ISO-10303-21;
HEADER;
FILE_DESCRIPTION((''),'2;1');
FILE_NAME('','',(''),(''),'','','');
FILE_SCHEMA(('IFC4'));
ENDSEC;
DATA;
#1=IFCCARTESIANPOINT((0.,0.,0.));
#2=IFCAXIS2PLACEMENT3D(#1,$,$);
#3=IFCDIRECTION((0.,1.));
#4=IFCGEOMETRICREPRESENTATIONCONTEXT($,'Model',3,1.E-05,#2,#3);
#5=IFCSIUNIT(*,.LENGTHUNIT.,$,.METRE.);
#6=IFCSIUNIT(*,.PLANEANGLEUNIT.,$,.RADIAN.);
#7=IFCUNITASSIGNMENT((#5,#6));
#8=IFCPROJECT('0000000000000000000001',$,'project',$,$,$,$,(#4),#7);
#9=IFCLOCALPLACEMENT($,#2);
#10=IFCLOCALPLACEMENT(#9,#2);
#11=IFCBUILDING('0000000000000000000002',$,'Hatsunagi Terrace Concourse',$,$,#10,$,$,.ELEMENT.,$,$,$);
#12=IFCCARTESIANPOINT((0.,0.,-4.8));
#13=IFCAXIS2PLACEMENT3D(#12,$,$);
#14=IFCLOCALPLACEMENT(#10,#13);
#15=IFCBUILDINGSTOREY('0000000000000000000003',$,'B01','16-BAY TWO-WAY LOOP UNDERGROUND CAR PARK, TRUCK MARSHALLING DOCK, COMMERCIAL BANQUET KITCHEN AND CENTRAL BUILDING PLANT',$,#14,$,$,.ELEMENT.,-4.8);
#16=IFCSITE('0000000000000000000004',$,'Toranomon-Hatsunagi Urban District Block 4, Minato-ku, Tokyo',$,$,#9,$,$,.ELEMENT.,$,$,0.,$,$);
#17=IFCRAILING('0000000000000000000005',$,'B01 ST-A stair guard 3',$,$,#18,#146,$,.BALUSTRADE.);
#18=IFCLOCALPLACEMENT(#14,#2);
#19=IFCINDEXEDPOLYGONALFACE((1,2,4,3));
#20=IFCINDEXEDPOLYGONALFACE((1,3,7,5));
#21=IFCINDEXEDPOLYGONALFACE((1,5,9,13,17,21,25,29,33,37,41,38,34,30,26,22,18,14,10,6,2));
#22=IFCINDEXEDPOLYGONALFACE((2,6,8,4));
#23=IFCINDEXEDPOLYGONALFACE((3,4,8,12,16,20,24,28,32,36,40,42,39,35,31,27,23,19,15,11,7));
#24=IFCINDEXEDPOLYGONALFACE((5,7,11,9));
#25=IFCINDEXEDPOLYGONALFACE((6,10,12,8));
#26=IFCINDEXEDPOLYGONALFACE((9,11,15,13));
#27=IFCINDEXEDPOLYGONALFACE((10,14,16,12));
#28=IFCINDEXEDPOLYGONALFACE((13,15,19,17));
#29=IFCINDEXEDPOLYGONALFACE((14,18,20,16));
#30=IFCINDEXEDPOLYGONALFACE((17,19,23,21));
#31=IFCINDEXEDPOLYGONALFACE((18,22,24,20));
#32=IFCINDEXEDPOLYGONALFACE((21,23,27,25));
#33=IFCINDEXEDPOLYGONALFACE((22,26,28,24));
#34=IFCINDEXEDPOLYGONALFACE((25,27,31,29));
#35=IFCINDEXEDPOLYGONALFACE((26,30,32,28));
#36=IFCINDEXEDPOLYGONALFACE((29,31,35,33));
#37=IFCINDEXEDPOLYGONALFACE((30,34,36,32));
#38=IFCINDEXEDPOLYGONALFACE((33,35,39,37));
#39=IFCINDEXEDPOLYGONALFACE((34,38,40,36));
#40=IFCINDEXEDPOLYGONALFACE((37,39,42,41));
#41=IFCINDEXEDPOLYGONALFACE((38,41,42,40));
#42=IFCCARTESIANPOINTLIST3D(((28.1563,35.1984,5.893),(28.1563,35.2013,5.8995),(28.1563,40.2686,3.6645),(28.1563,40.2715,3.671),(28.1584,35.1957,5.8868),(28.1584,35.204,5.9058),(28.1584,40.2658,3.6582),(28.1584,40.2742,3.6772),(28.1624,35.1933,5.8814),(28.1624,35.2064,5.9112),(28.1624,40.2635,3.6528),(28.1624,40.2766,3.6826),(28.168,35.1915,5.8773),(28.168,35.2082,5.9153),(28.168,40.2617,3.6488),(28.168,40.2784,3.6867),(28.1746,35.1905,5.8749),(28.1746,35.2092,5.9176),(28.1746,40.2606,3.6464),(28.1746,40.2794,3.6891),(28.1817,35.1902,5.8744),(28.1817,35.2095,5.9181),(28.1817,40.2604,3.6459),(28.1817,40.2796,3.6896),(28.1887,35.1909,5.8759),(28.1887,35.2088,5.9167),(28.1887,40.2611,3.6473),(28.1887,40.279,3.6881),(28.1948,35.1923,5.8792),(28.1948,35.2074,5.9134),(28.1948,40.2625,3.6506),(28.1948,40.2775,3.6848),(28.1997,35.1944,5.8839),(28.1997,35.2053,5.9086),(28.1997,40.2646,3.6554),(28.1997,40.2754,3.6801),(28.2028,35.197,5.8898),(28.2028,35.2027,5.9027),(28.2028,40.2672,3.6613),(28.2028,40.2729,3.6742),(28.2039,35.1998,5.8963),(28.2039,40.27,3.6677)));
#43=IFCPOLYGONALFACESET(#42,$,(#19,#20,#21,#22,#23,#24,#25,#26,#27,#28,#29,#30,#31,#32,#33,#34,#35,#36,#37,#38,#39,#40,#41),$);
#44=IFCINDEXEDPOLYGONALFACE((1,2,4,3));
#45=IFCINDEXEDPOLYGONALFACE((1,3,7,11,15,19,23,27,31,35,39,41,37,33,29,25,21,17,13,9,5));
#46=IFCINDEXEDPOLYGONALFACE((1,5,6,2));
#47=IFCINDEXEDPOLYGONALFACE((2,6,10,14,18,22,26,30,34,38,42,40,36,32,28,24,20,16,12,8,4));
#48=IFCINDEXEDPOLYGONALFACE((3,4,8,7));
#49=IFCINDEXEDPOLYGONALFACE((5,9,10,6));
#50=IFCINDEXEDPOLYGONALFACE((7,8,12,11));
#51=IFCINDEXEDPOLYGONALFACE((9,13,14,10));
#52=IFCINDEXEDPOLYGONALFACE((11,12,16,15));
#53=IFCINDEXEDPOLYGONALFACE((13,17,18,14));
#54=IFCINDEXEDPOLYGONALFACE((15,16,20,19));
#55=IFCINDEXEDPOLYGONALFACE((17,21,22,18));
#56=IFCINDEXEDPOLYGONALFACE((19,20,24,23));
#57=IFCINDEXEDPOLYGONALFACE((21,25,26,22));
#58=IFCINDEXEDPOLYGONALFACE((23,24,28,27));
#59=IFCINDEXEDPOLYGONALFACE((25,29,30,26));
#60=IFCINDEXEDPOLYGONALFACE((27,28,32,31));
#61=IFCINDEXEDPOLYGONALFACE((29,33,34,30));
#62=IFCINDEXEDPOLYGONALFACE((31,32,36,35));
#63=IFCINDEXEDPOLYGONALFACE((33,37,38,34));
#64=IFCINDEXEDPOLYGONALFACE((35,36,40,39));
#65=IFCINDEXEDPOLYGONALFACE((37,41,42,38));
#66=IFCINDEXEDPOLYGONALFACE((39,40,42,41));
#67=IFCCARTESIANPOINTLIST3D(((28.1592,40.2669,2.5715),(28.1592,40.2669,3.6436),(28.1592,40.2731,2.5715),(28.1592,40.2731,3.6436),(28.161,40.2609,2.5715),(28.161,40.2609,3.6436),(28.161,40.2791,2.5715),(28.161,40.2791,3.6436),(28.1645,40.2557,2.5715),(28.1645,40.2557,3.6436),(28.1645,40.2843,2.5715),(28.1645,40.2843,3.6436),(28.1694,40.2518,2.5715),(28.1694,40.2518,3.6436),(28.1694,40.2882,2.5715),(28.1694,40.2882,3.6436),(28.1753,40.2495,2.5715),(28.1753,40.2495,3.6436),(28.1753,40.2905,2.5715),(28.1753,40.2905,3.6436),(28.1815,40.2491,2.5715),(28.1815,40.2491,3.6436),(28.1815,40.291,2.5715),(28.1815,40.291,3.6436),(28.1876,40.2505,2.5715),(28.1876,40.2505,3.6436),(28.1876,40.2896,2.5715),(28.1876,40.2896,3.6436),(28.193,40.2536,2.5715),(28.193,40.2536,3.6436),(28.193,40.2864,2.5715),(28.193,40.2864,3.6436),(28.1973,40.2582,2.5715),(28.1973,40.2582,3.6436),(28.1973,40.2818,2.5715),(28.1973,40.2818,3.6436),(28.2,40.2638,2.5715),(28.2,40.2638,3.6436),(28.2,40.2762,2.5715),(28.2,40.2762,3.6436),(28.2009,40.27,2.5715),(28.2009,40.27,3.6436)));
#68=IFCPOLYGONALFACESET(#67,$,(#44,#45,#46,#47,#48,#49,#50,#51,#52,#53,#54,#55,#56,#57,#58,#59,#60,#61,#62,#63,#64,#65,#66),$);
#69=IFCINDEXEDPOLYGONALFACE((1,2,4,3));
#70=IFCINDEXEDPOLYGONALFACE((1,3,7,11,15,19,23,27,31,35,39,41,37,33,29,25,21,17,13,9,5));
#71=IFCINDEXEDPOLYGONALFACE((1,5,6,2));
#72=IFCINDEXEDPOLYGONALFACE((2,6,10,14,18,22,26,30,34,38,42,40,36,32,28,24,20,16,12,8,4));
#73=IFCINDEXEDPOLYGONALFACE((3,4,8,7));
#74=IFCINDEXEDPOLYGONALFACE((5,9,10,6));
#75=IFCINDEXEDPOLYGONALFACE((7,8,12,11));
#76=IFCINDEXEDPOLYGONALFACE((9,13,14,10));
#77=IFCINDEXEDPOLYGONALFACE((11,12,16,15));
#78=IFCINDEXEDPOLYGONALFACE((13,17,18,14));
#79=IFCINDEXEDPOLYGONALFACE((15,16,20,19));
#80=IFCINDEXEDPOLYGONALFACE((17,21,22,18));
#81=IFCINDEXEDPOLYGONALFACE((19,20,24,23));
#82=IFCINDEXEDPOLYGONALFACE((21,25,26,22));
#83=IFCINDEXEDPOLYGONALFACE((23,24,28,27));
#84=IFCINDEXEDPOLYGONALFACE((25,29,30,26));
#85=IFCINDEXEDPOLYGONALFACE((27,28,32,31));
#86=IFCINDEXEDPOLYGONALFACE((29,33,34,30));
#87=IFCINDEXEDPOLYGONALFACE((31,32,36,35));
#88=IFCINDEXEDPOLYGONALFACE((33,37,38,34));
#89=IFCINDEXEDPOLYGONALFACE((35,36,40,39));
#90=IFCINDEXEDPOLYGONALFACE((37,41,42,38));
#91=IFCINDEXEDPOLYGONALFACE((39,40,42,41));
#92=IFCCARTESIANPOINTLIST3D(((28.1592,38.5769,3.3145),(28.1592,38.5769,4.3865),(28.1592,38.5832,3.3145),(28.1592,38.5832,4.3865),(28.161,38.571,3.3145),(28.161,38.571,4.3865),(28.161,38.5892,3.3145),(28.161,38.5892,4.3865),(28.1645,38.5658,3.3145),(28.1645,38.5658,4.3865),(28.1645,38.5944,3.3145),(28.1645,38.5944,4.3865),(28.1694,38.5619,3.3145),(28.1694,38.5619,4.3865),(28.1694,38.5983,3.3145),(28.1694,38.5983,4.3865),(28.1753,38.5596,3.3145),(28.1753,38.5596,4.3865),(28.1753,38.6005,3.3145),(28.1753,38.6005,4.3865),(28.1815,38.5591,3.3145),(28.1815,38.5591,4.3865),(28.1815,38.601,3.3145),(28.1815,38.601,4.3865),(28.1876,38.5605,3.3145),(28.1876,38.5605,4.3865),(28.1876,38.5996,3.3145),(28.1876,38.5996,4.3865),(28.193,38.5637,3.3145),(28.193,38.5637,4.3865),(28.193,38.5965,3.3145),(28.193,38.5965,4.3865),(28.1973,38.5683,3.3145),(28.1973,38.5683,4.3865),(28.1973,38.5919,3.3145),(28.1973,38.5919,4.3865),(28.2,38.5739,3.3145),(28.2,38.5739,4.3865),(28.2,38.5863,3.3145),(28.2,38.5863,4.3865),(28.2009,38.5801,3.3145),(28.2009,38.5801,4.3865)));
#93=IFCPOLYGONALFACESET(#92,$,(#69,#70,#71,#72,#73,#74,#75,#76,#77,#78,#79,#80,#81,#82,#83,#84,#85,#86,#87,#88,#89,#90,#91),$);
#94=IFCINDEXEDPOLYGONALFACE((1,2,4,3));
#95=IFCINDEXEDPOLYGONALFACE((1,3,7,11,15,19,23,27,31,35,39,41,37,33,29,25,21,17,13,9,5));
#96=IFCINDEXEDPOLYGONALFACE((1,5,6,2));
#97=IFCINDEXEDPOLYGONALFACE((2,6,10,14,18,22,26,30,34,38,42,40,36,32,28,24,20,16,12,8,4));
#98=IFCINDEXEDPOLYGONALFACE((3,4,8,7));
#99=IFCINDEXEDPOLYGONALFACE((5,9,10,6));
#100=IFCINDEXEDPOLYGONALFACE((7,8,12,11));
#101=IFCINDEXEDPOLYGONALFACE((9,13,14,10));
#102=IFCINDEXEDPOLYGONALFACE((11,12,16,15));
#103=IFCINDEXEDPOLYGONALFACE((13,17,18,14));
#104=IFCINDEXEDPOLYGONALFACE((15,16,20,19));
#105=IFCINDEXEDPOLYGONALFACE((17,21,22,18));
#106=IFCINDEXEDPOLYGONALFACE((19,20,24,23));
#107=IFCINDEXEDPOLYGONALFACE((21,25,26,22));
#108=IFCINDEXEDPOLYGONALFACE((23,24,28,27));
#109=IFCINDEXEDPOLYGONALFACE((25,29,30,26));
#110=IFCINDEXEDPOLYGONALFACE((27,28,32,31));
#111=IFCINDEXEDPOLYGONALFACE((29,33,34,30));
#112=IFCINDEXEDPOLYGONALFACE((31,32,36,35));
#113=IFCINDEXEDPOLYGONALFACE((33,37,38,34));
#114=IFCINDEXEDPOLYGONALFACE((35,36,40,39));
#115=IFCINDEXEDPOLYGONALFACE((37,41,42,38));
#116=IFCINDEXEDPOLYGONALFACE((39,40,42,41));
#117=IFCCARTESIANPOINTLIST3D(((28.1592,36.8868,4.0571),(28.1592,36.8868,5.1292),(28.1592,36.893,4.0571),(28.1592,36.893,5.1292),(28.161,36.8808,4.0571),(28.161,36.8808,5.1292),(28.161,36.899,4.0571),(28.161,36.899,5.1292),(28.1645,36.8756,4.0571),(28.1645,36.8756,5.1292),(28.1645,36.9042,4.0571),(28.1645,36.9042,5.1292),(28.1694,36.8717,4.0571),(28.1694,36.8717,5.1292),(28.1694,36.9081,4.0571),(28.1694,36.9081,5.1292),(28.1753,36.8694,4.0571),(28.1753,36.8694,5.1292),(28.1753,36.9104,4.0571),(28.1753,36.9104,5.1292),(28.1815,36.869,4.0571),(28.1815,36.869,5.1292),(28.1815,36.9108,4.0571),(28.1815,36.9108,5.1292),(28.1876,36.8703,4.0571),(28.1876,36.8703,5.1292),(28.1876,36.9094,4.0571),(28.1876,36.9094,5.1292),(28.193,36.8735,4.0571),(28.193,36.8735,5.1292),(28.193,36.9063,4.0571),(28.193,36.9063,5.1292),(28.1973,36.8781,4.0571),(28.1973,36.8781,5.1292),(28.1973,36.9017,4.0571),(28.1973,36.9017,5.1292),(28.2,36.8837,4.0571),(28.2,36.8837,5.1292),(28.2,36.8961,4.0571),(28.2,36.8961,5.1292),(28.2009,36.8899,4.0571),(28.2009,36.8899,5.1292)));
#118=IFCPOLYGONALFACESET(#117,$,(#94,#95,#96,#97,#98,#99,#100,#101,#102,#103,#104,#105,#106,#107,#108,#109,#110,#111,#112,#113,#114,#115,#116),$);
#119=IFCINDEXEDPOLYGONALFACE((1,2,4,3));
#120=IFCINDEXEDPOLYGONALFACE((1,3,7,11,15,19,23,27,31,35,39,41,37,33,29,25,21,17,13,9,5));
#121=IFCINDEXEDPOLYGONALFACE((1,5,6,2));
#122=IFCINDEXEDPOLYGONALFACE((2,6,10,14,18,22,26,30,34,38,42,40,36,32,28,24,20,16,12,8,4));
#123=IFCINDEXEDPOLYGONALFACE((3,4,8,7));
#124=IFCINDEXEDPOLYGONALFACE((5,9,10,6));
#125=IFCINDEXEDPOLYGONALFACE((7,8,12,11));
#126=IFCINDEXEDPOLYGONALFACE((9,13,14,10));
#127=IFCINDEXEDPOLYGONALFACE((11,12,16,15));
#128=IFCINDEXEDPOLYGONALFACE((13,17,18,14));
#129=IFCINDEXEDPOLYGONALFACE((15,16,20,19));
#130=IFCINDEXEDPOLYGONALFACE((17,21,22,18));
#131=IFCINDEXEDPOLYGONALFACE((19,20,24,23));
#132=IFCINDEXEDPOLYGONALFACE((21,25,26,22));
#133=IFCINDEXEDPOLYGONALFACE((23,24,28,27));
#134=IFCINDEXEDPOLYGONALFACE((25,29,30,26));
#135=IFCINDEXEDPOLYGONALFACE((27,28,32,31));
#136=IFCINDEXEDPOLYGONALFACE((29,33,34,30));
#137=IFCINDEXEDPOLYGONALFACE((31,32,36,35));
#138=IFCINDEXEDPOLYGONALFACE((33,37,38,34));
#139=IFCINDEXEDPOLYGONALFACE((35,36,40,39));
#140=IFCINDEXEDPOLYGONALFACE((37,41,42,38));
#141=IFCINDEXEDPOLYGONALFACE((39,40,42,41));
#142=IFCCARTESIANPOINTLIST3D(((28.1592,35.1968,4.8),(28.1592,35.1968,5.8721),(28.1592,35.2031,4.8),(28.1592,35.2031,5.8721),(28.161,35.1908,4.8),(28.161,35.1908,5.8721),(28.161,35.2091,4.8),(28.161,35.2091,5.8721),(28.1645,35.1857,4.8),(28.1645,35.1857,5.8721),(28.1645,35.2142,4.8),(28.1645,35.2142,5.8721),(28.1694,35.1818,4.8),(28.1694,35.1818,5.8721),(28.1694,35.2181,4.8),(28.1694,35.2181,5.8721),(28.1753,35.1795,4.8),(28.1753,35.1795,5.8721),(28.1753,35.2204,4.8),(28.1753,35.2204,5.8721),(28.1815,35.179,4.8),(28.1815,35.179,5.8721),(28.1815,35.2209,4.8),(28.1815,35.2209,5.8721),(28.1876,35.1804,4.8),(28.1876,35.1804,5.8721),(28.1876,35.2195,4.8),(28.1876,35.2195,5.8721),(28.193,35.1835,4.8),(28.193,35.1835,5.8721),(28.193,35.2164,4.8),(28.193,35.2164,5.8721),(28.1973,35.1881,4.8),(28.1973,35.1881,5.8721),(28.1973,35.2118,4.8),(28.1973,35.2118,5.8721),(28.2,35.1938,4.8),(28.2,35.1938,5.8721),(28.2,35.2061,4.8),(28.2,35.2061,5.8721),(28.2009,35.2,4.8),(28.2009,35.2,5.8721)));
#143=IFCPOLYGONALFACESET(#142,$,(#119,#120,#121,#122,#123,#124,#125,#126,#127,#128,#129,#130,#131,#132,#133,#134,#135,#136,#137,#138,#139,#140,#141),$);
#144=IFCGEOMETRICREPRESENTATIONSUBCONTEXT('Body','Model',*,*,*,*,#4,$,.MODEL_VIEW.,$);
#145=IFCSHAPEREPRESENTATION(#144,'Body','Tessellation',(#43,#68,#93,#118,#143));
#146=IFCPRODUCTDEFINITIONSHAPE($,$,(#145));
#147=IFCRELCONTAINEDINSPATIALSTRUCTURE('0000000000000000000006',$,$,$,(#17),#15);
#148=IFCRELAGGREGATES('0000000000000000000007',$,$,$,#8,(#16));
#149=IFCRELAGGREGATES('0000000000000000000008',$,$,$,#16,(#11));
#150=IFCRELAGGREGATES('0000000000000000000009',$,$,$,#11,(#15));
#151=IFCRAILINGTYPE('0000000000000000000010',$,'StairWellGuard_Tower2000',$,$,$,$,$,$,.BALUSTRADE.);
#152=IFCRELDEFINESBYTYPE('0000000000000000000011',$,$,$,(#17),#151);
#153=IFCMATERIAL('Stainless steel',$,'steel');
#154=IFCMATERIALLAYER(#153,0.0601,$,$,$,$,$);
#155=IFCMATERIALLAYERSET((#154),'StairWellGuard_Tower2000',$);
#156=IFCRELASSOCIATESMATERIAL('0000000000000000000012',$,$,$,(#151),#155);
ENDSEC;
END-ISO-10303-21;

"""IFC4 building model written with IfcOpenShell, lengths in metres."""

from ifc_helpers import new_model, si_unit, direction, frame, origin, origin_2d, place, context, subcontext, project, spatial, circle, extrude, material, layer, layer_set, type_object, element, save


model = new_model("IFC4")

# Units and contexts
model_context = context("Model", 3, precision=1e-05, world=origin(), true_north=direction((0.0, 1.0)))
body_context = subcontext(model_context, "Body", "Model", "MODEL_VIEW")
ifc_project = project(units=[si_unit("LENGTHUNIT", "METRE"), si_unit("PLANEANGLEUNIT", "RADIAN")], contexts=[model_context])

# Site, building, storey
site_placement = place(None, origin())
site = spatial("IfcSite", under=ifc_project, at=site_placement, Name="Toranomon-Hatsunagi Urban District Block 4, Minato-ku, Tokyo", CompositionType="ELEMENT", RefElevation=0.0)
building_placement = place(site_placement, origin())
building = spatial("IfcBuilding", under=site, at=building_placement, Name="Hatsunagi Terrace Concourse", CompositionType="ELEMENT")
storey_placement = place(building_placement, frame((0.0, 0.0, -4.8)))
storey = spatial("IfcBuildingStorey", under=building, at=storey_placement, Name="B01", Description="16-BAY TWO-WAY LOOP UNDERGROUND CAR PARK, TRUCK MARSHALLING DOCK, COMMERCIAL BANQUET KITCHEN AND CENTRAL BUILDING PLANT", CompositionType="ELEMENT", Elevation=-4.8)

# Railing
ifc_material_1 = material(Name="Stainless steel", Category="steel")
ifc_layer_1 = layer(ifc_material_1, 0.0601)
ifc_layer_set_1 = layer_set([ifc_layer_1], Name="StairWellGuard_Tower2000")
railing_type_1 = type_object("IfcRailingType", Name="StairWellGuard_Tower2000", PredefinedType="BALUSTRADE", material=ifc_layer_set_1)
railing_1_placement = place(storey_placement, frame((28.1799, 40.27, 2.5715)))
element("IfcRailing", 1, at=railing_1_placement, inside=storey, type_object=railing_type_1, Name="B01 ST-A stair guard 3", PredefinedType="BALUSTRADE", context=body_context, shape_type="SweptSolid", body=[
    extrude(circle(Radius=0.0239, at=origin_2d()), frame((0.0, 0.0, 1.0962), z_axis=(0.0, -0.915469, 0.402388), x_axis=(1.0, 0.0, 0.0)), (0.0, 0.0, 1.0), 5.5383),
    extrude(circle(Radius=0.021, at=origin_2d()), origin(), (0.0, 0.0, 1.0), 1.072),
    extrude(circle(Radius=0.021, at=origin_2d()), frame((0.0, -1.6899, 0.7429)), (0.0, 0.0, 1.0), 1.072),
    extrude(circle(Radius=0.021, at=origin_2d()), frame((0.0, -3.3801, 1.4856)), (0.0, 0.0, 1.0), 1.072),
    extrude(circle(Radius=0.021, at=origin_2d()), frame((0.0, -5.0701, 2.2285)), (0.0, 0.0, 1.0), 1.072),
])

save(model, "model.ifc")
